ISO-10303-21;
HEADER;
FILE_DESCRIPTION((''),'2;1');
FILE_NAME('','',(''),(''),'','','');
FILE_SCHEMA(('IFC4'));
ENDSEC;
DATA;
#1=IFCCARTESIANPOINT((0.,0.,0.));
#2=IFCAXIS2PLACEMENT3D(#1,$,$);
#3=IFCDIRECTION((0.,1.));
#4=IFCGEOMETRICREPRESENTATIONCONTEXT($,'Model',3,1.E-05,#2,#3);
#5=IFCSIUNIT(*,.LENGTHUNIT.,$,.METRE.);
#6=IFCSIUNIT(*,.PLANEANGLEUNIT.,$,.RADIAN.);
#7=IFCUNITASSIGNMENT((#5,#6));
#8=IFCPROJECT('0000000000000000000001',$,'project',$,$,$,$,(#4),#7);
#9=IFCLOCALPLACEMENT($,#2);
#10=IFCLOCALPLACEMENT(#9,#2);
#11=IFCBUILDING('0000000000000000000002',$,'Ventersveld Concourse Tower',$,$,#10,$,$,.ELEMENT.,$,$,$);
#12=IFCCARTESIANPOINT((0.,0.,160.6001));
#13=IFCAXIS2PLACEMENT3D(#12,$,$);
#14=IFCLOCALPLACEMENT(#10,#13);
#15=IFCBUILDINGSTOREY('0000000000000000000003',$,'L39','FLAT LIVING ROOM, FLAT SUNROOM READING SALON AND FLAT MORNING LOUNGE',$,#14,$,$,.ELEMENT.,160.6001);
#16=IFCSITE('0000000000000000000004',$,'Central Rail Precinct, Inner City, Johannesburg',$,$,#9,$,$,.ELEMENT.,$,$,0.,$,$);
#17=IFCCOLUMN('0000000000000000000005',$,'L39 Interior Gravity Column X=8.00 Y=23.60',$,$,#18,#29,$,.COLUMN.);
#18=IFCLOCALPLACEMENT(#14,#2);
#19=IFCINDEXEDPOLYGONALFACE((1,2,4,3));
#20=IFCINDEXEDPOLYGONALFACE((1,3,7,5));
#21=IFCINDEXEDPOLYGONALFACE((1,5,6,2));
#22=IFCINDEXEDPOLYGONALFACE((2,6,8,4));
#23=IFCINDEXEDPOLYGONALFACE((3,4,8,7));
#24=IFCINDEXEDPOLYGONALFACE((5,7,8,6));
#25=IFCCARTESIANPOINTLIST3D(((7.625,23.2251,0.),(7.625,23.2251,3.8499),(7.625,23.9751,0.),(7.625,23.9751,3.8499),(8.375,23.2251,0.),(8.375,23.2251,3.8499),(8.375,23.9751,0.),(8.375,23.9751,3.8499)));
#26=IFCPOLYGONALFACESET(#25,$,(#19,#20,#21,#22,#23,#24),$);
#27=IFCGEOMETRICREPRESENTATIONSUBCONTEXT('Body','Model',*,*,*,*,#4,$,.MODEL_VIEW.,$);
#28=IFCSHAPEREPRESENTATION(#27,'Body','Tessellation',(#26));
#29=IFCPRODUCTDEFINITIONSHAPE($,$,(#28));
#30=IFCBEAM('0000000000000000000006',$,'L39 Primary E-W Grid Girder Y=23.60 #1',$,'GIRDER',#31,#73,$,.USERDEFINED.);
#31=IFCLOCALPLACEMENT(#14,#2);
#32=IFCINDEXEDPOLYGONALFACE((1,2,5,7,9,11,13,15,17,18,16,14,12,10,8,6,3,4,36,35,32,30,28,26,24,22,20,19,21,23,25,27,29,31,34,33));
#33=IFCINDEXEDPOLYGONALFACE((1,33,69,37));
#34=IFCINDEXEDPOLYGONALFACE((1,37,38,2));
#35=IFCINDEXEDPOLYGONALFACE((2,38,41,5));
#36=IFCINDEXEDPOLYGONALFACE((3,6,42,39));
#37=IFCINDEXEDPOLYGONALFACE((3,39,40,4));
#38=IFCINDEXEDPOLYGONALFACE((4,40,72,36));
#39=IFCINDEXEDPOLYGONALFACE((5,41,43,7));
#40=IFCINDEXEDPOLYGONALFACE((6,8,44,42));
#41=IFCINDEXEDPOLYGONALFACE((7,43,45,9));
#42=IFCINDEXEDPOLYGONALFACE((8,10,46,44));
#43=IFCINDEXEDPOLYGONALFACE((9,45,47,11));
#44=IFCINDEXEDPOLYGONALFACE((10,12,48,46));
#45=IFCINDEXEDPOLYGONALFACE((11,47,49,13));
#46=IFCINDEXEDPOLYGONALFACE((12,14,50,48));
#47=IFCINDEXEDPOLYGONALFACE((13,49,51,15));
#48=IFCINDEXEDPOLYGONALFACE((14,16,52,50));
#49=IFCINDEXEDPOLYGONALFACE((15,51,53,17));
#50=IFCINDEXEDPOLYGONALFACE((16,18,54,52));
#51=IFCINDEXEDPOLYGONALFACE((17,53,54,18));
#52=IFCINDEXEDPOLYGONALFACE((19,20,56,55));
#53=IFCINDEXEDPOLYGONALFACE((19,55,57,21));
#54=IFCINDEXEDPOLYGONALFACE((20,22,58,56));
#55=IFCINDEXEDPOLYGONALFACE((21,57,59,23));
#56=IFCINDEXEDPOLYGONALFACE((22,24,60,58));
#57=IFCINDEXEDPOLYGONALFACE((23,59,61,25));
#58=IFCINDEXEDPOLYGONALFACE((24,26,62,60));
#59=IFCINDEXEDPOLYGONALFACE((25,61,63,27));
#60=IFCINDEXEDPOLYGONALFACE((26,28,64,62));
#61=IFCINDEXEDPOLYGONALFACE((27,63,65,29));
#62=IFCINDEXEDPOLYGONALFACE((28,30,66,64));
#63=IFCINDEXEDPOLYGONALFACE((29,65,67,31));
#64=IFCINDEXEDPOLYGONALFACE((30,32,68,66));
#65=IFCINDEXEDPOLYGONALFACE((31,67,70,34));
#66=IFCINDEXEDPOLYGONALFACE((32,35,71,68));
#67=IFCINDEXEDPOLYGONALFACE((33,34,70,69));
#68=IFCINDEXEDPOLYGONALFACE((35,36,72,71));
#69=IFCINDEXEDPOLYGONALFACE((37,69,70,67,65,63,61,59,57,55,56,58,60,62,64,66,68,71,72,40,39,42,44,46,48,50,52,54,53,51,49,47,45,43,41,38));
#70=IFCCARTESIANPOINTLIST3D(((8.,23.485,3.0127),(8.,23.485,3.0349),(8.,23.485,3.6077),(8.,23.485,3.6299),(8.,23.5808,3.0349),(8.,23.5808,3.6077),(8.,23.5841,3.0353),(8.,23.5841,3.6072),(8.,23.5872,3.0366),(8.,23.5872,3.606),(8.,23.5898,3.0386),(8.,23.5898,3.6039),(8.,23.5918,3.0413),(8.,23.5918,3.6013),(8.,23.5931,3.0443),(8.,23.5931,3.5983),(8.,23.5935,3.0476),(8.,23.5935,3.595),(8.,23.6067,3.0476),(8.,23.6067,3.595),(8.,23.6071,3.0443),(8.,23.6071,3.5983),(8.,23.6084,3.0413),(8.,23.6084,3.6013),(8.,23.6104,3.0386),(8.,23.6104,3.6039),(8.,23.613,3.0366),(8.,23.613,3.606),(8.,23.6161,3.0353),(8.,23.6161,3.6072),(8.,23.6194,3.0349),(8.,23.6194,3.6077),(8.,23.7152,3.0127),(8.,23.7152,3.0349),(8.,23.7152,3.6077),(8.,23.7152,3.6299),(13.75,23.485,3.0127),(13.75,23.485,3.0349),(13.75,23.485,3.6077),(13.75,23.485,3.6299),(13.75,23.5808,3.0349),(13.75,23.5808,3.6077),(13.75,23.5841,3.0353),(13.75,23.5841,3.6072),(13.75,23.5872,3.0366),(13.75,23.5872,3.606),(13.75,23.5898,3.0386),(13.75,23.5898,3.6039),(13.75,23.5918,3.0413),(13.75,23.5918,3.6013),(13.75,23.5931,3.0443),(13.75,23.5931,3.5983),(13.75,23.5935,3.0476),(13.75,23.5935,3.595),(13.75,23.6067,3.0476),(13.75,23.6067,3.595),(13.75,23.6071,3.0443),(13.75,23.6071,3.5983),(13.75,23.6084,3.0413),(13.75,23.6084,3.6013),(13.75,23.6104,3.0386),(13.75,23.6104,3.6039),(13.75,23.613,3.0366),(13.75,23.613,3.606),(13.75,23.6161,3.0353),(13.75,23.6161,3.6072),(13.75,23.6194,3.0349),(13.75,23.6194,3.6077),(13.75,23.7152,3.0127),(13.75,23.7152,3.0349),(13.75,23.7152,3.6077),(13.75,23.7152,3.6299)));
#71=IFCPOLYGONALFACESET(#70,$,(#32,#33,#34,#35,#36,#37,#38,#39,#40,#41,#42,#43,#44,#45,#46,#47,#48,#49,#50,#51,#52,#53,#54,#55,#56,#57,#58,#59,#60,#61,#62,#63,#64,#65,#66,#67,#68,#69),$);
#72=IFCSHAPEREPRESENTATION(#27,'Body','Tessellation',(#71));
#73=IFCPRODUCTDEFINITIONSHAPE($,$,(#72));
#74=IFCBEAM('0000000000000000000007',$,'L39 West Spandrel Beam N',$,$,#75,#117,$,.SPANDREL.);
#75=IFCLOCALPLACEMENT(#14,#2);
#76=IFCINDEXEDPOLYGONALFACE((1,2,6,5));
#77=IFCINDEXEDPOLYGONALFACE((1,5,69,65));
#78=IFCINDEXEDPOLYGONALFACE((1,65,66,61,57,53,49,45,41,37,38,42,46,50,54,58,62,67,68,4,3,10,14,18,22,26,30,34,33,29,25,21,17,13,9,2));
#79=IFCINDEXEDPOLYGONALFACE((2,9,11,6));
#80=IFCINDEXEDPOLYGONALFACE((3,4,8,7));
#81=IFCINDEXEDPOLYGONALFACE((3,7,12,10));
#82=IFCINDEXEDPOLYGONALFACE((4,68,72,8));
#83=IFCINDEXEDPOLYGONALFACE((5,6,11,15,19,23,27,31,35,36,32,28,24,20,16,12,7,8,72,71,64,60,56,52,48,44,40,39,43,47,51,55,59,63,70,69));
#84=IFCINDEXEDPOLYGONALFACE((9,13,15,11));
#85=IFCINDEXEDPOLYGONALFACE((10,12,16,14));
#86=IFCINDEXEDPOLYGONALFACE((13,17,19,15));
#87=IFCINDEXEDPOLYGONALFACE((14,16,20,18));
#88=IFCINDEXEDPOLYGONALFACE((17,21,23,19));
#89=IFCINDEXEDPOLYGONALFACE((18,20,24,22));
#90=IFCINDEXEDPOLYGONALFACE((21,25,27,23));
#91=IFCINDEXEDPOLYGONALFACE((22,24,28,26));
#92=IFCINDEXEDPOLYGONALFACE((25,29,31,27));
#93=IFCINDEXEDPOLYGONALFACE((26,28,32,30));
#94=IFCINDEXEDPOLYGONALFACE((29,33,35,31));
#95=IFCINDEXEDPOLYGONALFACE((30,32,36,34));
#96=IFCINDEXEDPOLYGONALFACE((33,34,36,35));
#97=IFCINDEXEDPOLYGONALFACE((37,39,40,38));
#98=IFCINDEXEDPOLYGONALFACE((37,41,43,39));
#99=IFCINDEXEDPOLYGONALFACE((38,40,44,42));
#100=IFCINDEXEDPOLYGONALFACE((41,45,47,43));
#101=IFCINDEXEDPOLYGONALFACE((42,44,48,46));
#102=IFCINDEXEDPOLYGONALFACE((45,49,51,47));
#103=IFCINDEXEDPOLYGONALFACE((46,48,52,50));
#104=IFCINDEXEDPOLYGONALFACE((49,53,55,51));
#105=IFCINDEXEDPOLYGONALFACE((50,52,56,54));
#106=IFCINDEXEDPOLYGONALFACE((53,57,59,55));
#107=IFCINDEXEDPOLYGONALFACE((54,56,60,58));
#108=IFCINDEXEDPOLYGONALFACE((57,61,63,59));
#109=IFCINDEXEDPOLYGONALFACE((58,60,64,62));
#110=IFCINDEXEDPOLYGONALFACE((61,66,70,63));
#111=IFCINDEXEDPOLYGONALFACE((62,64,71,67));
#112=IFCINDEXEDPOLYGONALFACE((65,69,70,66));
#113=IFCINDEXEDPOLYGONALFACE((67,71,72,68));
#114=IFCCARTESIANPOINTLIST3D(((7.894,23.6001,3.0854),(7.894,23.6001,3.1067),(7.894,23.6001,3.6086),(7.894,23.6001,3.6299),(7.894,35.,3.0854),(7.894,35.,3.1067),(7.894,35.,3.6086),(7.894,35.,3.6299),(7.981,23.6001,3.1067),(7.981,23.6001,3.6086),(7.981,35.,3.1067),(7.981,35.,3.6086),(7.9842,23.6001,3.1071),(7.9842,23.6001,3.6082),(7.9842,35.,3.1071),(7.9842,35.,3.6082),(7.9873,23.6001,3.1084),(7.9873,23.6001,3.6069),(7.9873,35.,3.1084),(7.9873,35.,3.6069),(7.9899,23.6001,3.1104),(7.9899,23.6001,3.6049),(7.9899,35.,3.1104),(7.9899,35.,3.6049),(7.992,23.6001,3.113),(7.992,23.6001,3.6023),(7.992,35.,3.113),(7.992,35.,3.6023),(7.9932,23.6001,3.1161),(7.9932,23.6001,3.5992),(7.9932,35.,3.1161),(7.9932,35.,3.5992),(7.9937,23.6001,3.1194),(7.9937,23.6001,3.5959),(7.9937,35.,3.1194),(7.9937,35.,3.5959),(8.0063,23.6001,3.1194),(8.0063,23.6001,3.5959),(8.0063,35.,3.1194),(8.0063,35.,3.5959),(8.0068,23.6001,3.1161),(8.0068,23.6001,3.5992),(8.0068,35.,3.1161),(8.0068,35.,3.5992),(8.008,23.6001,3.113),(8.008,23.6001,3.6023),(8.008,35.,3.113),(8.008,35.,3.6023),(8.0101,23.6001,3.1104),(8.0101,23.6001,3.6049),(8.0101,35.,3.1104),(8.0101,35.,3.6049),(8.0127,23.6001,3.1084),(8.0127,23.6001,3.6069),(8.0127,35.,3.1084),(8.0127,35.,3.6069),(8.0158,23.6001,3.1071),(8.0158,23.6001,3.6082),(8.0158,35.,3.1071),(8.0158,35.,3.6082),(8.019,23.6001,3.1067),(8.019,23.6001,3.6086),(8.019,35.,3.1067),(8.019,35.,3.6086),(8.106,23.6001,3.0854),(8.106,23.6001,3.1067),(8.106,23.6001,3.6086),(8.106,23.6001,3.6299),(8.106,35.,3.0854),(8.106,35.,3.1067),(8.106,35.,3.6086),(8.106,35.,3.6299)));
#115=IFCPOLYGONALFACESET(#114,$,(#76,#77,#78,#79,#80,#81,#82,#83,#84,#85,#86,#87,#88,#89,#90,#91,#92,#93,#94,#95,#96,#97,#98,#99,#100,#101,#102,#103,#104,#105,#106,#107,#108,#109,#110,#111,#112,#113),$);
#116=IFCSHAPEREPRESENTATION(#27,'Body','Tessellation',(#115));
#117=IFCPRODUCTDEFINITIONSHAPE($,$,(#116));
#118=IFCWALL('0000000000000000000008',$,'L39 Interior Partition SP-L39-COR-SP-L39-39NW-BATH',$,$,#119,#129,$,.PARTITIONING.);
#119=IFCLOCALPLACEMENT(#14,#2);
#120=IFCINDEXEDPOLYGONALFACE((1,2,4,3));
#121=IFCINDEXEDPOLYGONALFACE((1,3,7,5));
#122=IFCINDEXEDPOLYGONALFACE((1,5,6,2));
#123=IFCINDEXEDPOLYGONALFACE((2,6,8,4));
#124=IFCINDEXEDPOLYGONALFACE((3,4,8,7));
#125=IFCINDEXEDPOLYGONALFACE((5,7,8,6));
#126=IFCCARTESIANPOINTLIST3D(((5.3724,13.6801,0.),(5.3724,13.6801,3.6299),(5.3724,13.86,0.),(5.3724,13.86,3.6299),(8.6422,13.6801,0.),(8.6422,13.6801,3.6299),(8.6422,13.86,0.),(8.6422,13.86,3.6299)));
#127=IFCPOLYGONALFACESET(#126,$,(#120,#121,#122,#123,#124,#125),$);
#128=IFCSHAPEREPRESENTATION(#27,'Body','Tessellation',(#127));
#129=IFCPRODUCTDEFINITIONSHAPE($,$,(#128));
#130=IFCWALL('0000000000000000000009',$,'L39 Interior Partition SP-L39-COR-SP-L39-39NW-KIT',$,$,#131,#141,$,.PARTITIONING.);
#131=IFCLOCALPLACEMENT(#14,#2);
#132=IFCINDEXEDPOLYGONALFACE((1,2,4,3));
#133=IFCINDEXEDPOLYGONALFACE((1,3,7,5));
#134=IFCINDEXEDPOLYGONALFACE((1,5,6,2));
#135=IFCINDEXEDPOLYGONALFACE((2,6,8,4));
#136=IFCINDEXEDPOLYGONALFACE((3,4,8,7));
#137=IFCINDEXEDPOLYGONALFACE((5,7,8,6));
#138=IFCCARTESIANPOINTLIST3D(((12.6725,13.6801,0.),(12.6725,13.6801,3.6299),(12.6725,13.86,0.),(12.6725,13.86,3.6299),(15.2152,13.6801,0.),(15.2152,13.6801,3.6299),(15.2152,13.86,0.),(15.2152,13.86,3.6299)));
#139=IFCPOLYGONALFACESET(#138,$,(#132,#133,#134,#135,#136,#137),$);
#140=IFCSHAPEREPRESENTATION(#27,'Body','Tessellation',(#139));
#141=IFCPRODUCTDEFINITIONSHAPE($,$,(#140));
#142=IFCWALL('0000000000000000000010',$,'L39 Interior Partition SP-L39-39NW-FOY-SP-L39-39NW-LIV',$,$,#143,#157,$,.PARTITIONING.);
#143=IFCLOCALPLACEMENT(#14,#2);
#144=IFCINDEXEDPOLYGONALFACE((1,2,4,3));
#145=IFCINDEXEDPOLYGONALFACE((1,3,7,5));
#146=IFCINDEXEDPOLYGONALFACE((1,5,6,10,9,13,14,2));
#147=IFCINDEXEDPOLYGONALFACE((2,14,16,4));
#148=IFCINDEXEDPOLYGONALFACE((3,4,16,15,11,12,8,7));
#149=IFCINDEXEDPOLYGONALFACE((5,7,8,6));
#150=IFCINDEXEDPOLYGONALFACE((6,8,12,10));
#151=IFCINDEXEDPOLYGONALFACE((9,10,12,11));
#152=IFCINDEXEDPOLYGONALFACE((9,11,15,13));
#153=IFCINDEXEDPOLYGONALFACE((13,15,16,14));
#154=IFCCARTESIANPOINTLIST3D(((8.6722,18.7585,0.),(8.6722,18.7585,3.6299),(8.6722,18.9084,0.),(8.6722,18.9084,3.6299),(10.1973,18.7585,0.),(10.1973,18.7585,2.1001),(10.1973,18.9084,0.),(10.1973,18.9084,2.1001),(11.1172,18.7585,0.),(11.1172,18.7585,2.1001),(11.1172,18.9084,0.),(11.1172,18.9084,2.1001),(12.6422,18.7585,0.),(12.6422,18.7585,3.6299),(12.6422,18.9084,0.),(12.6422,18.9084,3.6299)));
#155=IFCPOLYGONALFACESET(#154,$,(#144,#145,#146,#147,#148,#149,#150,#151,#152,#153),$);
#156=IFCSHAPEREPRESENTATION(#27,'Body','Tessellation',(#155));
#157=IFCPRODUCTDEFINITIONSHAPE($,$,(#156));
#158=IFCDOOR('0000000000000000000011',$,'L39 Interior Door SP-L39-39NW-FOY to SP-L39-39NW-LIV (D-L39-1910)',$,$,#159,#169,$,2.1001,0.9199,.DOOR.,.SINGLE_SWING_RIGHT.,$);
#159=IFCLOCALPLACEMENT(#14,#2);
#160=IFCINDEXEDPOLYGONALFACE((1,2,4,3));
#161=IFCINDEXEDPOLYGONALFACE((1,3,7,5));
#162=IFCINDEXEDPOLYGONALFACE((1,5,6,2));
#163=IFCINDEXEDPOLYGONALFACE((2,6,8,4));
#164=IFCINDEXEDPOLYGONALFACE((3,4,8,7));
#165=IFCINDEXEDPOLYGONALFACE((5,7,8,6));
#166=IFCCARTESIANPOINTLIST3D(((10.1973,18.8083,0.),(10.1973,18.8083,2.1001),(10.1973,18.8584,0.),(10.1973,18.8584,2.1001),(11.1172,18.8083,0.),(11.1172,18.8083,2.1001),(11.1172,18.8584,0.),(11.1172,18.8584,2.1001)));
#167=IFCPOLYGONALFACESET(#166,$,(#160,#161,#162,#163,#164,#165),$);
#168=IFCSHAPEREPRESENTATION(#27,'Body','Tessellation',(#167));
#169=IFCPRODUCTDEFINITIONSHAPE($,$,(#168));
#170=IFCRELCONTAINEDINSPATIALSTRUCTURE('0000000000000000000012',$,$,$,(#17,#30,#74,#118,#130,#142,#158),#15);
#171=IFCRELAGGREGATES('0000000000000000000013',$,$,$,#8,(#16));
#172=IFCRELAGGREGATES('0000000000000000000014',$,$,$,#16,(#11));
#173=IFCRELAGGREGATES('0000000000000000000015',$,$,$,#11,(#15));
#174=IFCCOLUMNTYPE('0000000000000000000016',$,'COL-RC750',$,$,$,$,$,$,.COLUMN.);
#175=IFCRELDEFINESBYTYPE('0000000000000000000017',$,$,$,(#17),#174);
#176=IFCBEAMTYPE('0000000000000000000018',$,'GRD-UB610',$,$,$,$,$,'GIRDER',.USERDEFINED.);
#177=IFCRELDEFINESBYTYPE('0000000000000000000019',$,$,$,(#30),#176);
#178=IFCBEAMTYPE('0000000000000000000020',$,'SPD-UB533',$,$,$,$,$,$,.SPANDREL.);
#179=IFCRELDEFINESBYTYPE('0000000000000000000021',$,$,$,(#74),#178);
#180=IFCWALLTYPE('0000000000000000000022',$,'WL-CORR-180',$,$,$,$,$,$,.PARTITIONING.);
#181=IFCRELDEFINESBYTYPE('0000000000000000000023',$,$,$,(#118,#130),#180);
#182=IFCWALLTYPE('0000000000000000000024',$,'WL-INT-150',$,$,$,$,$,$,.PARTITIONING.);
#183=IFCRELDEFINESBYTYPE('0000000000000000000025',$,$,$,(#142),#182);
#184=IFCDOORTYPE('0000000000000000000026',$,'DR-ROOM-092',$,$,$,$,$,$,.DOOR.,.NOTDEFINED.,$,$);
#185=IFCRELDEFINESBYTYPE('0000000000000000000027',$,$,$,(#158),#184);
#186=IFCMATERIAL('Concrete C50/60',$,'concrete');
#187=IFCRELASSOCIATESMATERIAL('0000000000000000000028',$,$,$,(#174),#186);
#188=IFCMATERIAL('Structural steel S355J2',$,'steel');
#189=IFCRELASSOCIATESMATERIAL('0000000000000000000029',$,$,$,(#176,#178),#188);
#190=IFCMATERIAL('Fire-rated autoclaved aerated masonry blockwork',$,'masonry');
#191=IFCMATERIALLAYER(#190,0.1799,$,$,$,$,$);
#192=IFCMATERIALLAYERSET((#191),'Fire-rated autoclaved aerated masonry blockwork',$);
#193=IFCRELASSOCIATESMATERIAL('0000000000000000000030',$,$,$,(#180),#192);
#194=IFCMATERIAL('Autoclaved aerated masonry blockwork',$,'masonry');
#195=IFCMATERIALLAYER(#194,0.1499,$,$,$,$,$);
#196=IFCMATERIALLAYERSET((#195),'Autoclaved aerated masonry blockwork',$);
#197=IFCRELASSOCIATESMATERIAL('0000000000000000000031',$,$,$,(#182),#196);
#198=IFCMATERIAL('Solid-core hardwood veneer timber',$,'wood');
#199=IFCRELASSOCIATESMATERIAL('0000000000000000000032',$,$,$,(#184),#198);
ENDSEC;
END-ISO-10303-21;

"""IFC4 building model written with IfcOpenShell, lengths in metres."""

from ifc_helpers import new_model, si_unit, direction, frame, frame_2d, origin, origin_2d, place, context, subcontext, project, spatial, rectangle, i_section, extrude, material, layer, layer_set, material_profile, profile_set, type_object, element, fill, save


model = new_model("IFC4")

# Units and contexts
model_context = context("Model", 3, precision=1e-05, world=origin(), true_north=direction((0.0, 1.0)))
body_context = subcontext(model_context, "Body", "Model", "MODEL_VIEW")
ifc_project = project(units=[si_unit("LENGTHUNIT", "METRE"), si_unit("PLANEANGLEUNIT", "RADIAN")], contexts=[model_context])

# Site, building, storey
site_placement = place(None, origin())
site = spatial("IfcSite", under=ifc_project, at=site_placement, Name="Central Rail Precinct, Inner City, Johannesburg", CompositionType="ELEMENT", RefElevation=0.0)
building_placement = place(site_placement, origin())
building = spatial("IfcBuilding", under=site, at=building_placement, Name="Ventersveld Concourse Tower", CompositionType="ELEMENT")
storey_placement = place(building_placement, frame((0.0, 0.0, 160.6001)))
storey = spatial("IfcBuildingStorey", under=building, at=storey_placement, Name="L39", Description="FLAT LIVING ROOM, FLAT SUNROOM READING SALON AND FLAT MORNING LOUNGE", CompositionType="ELEMENT", Elevation=160.6001)

# Column
ifc_material_1 = material(Name="Concrete C50/60", Category="concrete")
ifc_material_profile_1 = material_profile(ifc_material_1, rectangle(XDim=0.75, YDim=0.75, at=origin_2d()), Name="RC 750x750")
ifc_profile_set_1 = profile_set([ifc_material_profile_1], Name="Concrete C50/60")
column_type = type_object("IfcColumnType", Name="COL-RC750", PredefinedType="COLUMN", material=ifc_profile_set_1)
column_placement = place(storey_placement, frame((8.0, 23.6001, 0.0), z_axis=(0.0, 0.0, 1.0), x_axis=(1.0, 0.0, 0.0)))
element("IfcColumn", 1, at=column_placement, inside=storey, type_object=column_type, Name="L39 Interior Gravity Column X=8.00 Y=23.60", PredefinedType="COLUMN", context=body_context, shape_type="SweptSolid", body=[
    extrude(rectangle(XDim=0.75, YDim=0.75, at=origin_2d()), origin(), (0.0, 0.0, 1.0), 3.8499),
])

# Beams
ifc_material_2 = material(Name="Structural steel S355J2", Category="steel")
ifc_material_profile_2 = material_profile(ifc_material_2, i_section(OverallWidth=0.2302, OverallDepth=0.6172, WebThickness=0.0132, FlangeThickness=0.0222, FilletRadius=0.0127, at=origin_2d()), Name="UB 610x229x140")
ifc_profile_set_2 = profile_set([ifc_material_profile_2], Name="Structural steel S355J2")
beam_type_1 = type_object("IfcBeamType", Name="GRD-UB610", ElementType="GIRDER", PredefinedType="USERDEFINED", material=ifc_profile_set_2)
beam_1_placement = place(storey_placement, frame((8.0, 23.6001, 3.3213), z_axis=(1.0, 0.0, 0.0), x_axis=(0.0, 1.0, 0.0)))
element("IfcBeam", 2, at=beam_1_placement, inside=storey, type_object=beam_type_1, Name="L39 Primary E-W Grid Girder Y=23.60 #1", ObjectType="GIRDER", PredefinedType="USERDEFINED", context=body_context, shape_type="SweptSolid", body=[
    extrude(i_section(OverallWidth=0.2302, OverallDepth=0.6172, WebThickness=0.0132, FlangeThickness=0.0222, FilletRadius=0.0127, at=origin_2d()), origin(), (0.0, 0.0, 1.0), 5.75),
])
ifc_material_profile_3 = material_profile(ifc_material_2, i_section(OverallWidth=0.2119, OverallDepth=0.5444, WebThickness=0.0127, FlangeThickness=0.0212, FilletRadius=0.0127, at=origin_2d()), Name="UB 533x210x122")
ifc_profile_set_3 = profile_set([ifc_material_profile_3], Name="Structural steel S355J2")
beam_type_2 = type_object("IfcBeamType", Name="SPD-UB533", PredefinedType="SPANDREL", material=ifc_profile_set_3)
beam_2_placement = place(storey_placement, frame((8.0, 23.6001, 3.3577), z_axis=(0.0, 1.0, 0.0), x_axis=(-1.0, 0.0, 0.0)))
element("IfcBeam", 3, at=beam_2_placement, inside=storey, type_object=beam_type_2, Name="L39 West Spandrel Beam N", PredefinedType="SPANDREL", context=body_context, shape_type="SweptSolid", body=[
    extrude(i_section(OverallWidth=0.2119, OverallDepth=0.5444, WebThickness=0.0127, FlangeThickness=0.0212, FilletRadius=0.0127, at=origin_2d()), origin(), (0.0, 0.0, 1.0), 11.3999),
])

# Shared definitions
ifc_material_3 = material(Name="Fire-rated autoclaved aerated masonry blockwork", Category="masonry")
ifc_layer_1 = layer(ifc_material_3, 0.1799)
ifc_layer_set_1 = layer_set([ifc_layer_1], Name="Fire-rated autoclaved aerated masonry blockwork")
wall_type_1 = type_object("IfcWallType", Name="WL-CORR-180", PredefinedType="PARTITIONING", material=ifc_layer_set_1)
ifc_material_4 = material(Name="Solid-core hardwood veneer timber", Category="wood")

# Walls
wall_1_placement = place(storey_placement, frame((5.3726, 13.77, 0.0), z_axis=(0.0, 0.0, 1.0), x_axis=(1.0, 0.0, 0.0)))
element("IfcWall", 4, at=wall_1_placement, inside=storey, type_object=wall_type_1, Name="L39 Interior Partition SP-L39-COR-SP-L39-39NW-BATH", PredefinedType="PARTITIONING", context=body_context, shape_type="SweptSolid", body=[
    extrude(rectangle(XDim=3.2698, YDim=0.1799, at=frame_2d((1.6348, 0.0))), origin(), (0.0, 0.0, 1.0), 3.6299),
])
wall_2_placement = place(storey_placement, frame((12.6724, 13.77, 0.0), z_axis=(0.0, 0.0, 1.0), x_axis=(1.0, 0.0, 0.0)))
element("IfcWall", 5, at=wall_2_placement, inside=storey, type_object=wall_type_1, Name="L39 Interior Partition SP-L39-COR-SP-L39-39NW-KIT", PredefinedType="PARTITIONING", context=body_context, shape_type="SweptSolid", body=[
    extrude(rectangle(XDim=2.5427, YDim=0.1799, at=frame_2d((1.2715, 0.0))), origin(), (0.0, 0.0, 1.0), 3.6299),
])

# Wall, opening, door
ifc_material_5 = material(Name="Autoclaved aerated masonry blockwork", Category="masonry")
ifc_layer_2 = layer(ifc_material_5, 0.1499)
ifc_layer_set_2 = layer_set([ifc_layer_2], Name="Autoclaved aerated masonry blockwork")
wall_type_2 = type_object("IfcWallType", Name="WL-INT-150", PredefinedType="PARTITIONING", material=ifc_layer_set_2)
wall_3_placement = place(storey_placement, frame((8.6724, 18.8335, 0.0), z_axis=(0.0, 0.0, 1.0), x_axis=(1.0, 0.0, 0.0)))
wall_3 = element("IfcWall", 6, at=wall_3_placement, inside=storey, type_object=wall_type_2, Name="L39 Interior Partition SP-L39-39NW-FOY-SP-L39-39NW-LIV", PredefinedType="PARTITIONING", context=body_context, shape_type="SweptSolid", body=[
    extrude(rectangle(XDim=3.97, YDim=0.1499, at=frame_2d((1.9849, 0.0))), origin(), (0.0, 0.0, 1.0), 3.6299),
])
opening_1_placement = place(wall_3_placement, frame((1.5249, 0.0, 0.0)))
opening_1 = element("IfcOpeningElement", 7, at=opening_1_placement, cuts=wall_3, PredefinedType="OPENING", context=body_context, shape_type="SweptSolid", body=[
    extrude(rectangle(XDim=0.9199, YDim=2.1001, at=frame_2d((0.46, 1.05))), frame((0.0, 0.085, 0.0), z_axis=(0.0, -1.0, 0.0), x_axis=(1.0, 0.0, 0.0)), (0.0, 0.0, 1.0), 0.1699),
])
door_type_1 = type_object("IfcDoorType", Name="DR-ROOM-092", OperationType="NOTDEFINED", PredefinedType="DOOR", material=ifc_material_4)
door_1_placement = place(opening_1_placement, origin())
door_1 = element("IfcDoor", 8, at=door_1_placement, inside=storey, type_object=door_type_1, Name="L39 Interior Door SP-L39-39NW-FOY to SP-L39-39NW-LIV (D-L39-1910)", OperationType="SINGLE_SWING_RIGHT", OverallHeight=2.1001, OverallWidth=0.9199, PredefinedType="DOOR", context=body_context, shape_type="SweptSolid", body=[
    extrude(rectangle(XDim=0.9199, YDim=2.1001, at=frame_2d((0.46, 1.05))), frame((0.0, 0.0249, 0.0), z_axis=(0.0, -1.0, 0.0), x_axis=(1.0, 0.0, 0.0)), (0.0, 0.0, 1.0), 0.05),
])
fill(opening_1, door_1)

save(model, "model.ifc")
